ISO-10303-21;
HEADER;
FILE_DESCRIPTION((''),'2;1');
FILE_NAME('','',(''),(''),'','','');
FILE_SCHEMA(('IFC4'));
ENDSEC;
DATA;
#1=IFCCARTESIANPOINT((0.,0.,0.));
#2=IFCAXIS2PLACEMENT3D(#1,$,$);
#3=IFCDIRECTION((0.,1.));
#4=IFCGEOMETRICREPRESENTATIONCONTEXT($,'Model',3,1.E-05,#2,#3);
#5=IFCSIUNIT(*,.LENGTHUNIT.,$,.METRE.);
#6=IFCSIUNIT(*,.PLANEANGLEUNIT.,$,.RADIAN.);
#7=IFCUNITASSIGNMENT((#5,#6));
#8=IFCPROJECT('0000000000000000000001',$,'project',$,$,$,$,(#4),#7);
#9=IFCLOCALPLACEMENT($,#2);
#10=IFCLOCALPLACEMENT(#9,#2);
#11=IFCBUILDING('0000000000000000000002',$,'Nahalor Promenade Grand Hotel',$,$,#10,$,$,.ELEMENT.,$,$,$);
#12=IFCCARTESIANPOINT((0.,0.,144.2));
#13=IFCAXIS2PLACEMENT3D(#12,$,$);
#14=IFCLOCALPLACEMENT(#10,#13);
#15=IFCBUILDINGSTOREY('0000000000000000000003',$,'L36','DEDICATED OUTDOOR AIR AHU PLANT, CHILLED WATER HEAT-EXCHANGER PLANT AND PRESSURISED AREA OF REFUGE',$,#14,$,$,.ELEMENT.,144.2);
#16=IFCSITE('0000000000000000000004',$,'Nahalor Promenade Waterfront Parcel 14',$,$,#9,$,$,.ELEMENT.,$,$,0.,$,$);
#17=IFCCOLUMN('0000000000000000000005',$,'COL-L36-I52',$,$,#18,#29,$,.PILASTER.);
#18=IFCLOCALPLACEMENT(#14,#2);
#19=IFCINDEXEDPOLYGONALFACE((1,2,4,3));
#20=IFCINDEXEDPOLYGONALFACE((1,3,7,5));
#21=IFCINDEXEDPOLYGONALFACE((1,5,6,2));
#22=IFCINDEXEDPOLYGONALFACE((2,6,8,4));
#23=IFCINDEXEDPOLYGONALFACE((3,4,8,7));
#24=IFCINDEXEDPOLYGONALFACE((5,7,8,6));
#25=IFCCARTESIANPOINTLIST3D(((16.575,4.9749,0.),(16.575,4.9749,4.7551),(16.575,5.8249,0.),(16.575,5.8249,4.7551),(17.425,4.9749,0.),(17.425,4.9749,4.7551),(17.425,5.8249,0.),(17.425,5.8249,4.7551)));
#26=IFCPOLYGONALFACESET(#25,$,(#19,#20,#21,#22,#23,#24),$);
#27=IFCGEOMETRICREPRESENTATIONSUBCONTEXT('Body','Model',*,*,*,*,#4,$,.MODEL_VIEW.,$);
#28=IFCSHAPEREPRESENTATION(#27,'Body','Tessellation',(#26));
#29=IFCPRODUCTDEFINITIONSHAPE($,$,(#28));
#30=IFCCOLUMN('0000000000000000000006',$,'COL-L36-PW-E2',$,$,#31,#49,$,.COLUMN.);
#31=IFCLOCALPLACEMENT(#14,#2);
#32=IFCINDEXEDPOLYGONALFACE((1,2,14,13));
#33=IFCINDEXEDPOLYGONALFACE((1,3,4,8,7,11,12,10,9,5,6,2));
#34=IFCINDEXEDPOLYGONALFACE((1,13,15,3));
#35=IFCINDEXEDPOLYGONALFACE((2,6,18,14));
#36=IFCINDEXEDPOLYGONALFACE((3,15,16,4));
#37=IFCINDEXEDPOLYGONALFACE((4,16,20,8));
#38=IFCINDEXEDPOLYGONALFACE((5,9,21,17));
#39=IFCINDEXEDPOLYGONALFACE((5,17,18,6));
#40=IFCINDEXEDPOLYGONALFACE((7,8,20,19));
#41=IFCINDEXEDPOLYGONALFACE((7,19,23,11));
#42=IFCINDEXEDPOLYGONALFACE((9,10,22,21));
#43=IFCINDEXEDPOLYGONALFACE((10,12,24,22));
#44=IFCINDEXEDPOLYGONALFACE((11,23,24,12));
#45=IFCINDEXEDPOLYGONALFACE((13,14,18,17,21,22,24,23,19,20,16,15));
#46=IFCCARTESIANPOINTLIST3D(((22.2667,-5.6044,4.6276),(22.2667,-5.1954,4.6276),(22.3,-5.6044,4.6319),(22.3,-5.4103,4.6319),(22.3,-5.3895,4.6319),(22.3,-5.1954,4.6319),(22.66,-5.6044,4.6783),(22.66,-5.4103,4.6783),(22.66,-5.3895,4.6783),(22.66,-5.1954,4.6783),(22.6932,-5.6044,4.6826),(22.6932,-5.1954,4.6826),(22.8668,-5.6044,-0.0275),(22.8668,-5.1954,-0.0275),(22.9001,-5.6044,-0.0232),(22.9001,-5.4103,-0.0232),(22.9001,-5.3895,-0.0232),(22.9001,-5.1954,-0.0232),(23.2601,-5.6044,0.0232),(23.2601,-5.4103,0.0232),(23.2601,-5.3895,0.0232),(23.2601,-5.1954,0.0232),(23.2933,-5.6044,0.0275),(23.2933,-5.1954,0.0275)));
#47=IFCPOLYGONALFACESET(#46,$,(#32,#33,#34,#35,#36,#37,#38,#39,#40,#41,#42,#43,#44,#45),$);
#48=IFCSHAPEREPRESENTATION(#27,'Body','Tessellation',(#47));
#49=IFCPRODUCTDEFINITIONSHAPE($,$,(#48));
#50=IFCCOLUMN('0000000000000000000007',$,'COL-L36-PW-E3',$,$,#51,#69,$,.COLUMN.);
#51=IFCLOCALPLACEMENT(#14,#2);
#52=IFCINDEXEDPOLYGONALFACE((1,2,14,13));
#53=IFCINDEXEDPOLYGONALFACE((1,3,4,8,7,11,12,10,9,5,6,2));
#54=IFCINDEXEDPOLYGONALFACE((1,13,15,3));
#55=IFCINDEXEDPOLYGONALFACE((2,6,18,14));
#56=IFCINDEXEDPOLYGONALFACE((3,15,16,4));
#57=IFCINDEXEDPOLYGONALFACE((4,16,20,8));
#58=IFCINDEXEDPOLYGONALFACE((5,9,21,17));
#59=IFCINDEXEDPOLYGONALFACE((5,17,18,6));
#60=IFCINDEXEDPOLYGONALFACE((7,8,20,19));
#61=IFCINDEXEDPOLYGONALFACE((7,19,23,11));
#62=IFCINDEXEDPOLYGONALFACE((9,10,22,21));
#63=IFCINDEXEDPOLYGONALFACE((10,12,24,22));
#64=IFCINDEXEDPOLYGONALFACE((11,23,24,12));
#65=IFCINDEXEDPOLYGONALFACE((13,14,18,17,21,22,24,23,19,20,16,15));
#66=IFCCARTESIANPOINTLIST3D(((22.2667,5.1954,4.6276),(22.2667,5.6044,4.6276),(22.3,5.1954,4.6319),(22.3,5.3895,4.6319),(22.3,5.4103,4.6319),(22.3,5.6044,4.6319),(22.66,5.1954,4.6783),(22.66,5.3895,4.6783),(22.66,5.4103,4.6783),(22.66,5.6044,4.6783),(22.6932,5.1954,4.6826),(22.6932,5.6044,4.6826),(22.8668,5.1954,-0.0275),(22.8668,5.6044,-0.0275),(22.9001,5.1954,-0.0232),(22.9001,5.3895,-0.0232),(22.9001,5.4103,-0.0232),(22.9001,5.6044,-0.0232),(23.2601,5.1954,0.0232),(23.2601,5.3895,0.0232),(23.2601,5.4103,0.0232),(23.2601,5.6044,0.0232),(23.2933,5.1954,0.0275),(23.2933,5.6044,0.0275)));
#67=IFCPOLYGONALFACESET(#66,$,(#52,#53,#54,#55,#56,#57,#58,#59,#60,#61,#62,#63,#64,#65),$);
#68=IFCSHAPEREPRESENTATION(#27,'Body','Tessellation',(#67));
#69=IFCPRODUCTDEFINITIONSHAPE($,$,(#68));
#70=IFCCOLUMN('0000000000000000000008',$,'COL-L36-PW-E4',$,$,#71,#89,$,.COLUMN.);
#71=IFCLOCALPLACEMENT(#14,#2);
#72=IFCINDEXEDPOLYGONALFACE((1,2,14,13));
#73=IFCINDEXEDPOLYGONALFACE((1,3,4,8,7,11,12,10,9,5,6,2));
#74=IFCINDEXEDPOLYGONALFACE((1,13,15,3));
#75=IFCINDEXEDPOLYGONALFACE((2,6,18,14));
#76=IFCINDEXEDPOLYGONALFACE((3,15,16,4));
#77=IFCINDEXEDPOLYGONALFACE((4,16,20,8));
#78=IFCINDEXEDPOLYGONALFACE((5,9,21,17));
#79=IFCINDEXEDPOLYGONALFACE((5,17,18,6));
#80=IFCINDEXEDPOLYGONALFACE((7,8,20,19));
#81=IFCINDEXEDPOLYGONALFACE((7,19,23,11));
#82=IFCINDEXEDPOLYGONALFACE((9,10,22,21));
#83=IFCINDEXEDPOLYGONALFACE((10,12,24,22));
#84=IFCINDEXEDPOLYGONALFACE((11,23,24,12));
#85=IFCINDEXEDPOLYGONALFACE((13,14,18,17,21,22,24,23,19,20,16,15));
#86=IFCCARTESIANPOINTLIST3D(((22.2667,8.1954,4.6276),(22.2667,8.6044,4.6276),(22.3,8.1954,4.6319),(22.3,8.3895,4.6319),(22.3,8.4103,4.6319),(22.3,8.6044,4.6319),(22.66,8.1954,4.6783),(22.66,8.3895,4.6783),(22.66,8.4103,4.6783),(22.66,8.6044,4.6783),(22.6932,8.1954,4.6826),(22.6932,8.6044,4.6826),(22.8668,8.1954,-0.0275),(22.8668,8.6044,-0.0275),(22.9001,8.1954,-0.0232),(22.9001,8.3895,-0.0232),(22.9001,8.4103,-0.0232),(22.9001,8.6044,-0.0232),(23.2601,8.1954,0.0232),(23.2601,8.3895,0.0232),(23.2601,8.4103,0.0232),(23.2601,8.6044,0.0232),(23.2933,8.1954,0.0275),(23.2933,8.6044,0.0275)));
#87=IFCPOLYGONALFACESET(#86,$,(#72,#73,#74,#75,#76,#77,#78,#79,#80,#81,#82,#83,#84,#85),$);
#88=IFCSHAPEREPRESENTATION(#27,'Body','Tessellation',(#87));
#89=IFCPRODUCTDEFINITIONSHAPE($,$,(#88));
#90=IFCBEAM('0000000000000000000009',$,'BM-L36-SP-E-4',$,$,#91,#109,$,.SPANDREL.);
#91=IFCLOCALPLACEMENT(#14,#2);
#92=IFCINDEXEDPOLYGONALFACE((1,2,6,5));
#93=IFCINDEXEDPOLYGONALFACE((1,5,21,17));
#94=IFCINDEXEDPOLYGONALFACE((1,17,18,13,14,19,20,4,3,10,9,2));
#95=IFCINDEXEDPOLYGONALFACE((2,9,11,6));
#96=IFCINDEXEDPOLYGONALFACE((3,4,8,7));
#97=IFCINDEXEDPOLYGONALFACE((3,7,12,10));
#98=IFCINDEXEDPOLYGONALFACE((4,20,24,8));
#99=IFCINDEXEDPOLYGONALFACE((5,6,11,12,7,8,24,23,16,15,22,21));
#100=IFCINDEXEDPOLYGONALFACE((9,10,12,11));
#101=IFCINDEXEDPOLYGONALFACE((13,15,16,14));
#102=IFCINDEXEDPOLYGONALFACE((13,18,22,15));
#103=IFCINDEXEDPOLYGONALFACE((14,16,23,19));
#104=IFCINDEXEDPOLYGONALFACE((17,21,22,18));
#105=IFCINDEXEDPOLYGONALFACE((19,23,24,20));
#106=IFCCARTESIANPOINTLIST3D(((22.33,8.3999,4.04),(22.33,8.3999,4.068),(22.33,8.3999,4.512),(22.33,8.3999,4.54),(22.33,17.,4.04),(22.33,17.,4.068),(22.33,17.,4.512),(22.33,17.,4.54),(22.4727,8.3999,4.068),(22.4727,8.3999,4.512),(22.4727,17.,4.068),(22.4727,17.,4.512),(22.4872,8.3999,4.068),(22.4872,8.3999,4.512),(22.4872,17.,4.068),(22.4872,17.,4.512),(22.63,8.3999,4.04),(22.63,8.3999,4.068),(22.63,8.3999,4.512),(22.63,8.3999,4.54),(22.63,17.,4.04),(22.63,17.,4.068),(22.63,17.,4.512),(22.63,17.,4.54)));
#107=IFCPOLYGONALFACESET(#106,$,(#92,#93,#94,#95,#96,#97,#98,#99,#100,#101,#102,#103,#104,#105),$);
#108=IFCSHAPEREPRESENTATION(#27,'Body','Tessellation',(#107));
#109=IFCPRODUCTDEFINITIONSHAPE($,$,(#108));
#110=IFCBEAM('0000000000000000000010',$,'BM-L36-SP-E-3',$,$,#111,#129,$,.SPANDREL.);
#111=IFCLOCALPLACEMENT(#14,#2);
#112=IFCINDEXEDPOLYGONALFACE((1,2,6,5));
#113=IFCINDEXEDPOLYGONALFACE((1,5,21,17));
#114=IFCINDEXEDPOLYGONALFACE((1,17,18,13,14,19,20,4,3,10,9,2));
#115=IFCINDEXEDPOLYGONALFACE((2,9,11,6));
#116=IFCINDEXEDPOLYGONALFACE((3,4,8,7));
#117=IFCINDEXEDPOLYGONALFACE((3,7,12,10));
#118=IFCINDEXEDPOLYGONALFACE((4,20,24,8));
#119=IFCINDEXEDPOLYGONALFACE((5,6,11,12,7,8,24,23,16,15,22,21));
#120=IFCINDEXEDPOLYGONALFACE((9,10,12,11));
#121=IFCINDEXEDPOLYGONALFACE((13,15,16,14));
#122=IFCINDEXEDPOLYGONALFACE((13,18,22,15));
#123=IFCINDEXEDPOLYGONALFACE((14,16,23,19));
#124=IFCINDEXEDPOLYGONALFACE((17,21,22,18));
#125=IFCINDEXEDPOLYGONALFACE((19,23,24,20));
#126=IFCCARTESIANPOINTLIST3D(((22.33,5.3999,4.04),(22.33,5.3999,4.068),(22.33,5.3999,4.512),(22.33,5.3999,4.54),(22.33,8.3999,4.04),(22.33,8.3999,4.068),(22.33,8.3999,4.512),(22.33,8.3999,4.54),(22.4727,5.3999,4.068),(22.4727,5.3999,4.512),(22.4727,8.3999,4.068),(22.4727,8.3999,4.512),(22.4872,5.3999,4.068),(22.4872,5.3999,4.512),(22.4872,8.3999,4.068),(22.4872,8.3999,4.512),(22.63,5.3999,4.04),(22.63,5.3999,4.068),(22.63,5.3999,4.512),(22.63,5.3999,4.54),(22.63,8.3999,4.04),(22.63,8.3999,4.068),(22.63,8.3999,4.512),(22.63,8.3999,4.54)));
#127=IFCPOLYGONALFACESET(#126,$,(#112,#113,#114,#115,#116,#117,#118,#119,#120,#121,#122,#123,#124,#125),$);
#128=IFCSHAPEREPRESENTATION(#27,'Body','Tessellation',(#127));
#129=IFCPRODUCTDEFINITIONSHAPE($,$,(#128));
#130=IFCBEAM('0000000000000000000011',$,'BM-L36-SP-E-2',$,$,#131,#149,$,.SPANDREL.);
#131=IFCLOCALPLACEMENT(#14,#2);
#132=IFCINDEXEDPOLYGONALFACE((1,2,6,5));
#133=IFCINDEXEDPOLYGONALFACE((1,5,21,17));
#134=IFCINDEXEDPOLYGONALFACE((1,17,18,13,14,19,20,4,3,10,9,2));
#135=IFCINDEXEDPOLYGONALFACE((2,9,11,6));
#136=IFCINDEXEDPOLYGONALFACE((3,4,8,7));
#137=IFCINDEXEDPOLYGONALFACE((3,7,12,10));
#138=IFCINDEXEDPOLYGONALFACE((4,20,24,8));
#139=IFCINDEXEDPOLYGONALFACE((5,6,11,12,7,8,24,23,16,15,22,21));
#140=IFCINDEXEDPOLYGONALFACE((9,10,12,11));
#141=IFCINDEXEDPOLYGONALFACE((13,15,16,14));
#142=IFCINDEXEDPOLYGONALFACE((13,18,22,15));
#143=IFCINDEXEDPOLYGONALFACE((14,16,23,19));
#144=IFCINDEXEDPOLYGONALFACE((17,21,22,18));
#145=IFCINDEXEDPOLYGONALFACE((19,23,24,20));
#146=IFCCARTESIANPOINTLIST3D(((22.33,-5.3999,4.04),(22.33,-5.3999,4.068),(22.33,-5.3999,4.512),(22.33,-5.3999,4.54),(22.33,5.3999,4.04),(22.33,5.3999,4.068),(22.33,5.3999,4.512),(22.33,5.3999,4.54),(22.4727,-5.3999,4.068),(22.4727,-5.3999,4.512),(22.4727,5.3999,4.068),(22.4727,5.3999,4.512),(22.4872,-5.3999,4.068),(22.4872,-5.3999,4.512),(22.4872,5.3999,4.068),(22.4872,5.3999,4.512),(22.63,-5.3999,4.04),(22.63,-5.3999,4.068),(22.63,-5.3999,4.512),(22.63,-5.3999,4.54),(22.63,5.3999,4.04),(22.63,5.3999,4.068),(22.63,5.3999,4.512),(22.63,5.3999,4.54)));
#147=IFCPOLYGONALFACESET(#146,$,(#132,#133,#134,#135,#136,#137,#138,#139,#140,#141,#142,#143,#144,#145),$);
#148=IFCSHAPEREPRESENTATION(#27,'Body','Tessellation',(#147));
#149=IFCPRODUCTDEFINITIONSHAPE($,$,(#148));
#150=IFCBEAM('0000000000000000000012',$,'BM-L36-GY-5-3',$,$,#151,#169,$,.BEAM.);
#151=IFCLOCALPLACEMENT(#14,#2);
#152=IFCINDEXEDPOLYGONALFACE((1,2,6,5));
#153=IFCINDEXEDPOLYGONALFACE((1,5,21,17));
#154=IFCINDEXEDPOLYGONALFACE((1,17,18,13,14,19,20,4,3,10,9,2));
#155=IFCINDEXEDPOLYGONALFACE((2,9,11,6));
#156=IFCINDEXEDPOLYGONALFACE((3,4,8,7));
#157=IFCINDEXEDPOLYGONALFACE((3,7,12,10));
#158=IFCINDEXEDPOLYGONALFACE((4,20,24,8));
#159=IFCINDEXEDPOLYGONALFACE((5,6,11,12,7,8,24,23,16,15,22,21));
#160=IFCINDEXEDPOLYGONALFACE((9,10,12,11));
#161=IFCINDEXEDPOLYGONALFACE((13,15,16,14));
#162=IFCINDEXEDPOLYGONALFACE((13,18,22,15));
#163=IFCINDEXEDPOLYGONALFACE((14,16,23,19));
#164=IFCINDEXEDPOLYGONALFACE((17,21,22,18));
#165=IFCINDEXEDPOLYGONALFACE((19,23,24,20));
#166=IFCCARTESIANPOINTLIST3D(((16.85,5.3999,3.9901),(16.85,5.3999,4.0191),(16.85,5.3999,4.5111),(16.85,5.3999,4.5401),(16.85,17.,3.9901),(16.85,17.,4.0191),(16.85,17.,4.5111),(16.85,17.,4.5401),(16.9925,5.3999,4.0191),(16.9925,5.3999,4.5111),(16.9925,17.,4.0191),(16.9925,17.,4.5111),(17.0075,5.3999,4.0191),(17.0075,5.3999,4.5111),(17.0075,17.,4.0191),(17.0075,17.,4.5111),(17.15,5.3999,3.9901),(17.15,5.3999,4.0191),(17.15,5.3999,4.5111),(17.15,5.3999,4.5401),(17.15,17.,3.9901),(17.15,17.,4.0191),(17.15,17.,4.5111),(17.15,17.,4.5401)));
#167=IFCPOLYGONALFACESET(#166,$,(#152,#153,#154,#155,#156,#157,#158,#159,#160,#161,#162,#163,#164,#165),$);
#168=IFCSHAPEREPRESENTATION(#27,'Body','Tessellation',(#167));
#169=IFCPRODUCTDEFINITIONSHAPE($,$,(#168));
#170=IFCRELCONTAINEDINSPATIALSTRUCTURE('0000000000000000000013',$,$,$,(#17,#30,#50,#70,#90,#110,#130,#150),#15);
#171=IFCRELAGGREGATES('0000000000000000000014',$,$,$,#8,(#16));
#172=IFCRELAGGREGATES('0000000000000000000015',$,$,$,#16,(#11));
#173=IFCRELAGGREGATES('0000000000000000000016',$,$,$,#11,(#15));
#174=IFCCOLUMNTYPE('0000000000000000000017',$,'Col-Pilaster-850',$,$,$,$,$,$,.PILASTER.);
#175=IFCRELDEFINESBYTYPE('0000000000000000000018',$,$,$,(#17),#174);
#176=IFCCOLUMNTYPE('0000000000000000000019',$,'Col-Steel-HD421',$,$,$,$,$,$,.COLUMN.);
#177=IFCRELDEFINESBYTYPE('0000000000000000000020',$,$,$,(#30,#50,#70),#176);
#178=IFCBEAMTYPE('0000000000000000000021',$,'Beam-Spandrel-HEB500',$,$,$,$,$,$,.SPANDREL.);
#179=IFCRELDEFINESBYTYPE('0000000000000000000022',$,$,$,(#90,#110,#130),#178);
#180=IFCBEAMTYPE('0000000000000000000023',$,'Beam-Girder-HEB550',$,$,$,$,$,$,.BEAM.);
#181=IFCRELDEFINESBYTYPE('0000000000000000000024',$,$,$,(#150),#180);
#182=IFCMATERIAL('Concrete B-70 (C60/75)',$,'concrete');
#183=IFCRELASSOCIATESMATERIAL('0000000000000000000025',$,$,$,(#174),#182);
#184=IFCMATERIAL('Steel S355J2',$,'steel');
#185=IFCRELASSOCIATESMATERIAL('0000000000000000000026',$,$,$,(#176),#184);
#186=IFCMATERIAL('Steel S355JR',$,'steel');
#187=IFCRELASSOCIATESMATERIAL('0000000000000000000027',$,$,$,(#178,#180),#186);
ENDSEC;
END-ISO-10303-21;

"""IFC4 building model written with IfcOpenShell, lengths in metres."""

from ifc_helpers import new_model, si_unit, direction, frame, origin, origin_2d, place, context, subcontext, project, spatial, rectangle, i_section, extrude, source, transform, mapped, material, material_profile, profile_set, type_object, element, save


model = new_model("IFC4")

# Units and contexts
model_context = context("Model", 3, precision=1e-05, world=origin(), true_north=direction((0.0, 1.0)))
body_context = subcontext(model_context, "Body", "Model", "MODEL_VIEW")
ifc_project = project(units=[si_unit("LENGTHUNIT", "METRE"), si_unit("PLANEANGLEUNIT", "RADIAN")], contexts=[model_context])

# Site, building, storey
site_placement = place(None, origin())
site = spatial("IfcSite", under=ifc_project, at=site_placement, Name="Nahalor Promenade Waterfront Parcel 14", CompositionType="ELEMENT", RefElevation=0.0)
building_placement = place(site_placement, origin())
building = spatial("IfcBuilding", under=site, at=building_placement, Name="Nahalor Promenade Grand Hotel", CompositionType="ELEMENT")
storey_placement = place(building_placement, frame((0.0, 0.0, 144.2)))
storey = spatial("IfcBuildingStorey", under=building, at=storey_placement, Name="L36", Description="DEDICATED OUTDOOR AIR AHU PLANT, CHILLED WATER HEAT-EXCHANGER PLANT AND PRESSURISED AREA OF REFUGE", CompositionType="ELEMENT", Elevation=144.2)

# Columns
ifc_material_1 = material(Name="Concrete B-70 (C60/75)", Category="concrete")
ifc_material_profile_1 = material_profile(ifc_material_1, rectangle(XDim=0.85, YDim=0.85, at=origin_2d()), Name="RC 850x850")
ifc_profile_set_1 = profile_set([ifc_material_profile_1], Name="Concrete B-70 (C60/75)")
column_type_1 = type_object("IfcColumnType", Name="Col-Pilaster-850", PredefinedType="PILASTER", material=ifc_profile_set_1)
shared_shape_1 = source(origin(), body_context, "Body", "SweptSolid", [
    extrude(rectangle(XDim=0.85, YDim=0.85, at=origin_2d()), origin(), (0.0, 0.0, 1.0), 4.7551),
])
column_placement = place(storey_placement, frame((17.0, 5.3999, 0.0), z_axis=(0.0, 0.0, 1.0), x_axis=(1.0, 0.0, 0.0)))
element("IfcColumn", 1, at=column_placement, inside=storey, type_object=column_type_1, Name="COL-L36-I52", PredefinedType="PILASTER", context=body_context, shape_type="MappedRepresentation", body=[
    mapped(shared_shape_1, transform((0.0, 0.0, 0.0), scale=1.0)),
])
ifc_material_2 = material(Name="Steel S355J2", Category="steel")
ifc_material_profile_2 = material_profile(ifc_material_2, i_section(OverallWidth=0.409, OverallDepth=0.43, WebThickness=0.0208, FlangeThickness=0.0335, at=origin_2d()), Name="HD 400x421")
ifc_profile_set_2 = profile_set([ifc_material_profile_2], Name="Steel S355J2")
column_type_2 = type_object("IfcColumnType", Name="Col-Steel-HD421", PredefinedType="COLUMN", material=ifc_profile_set_2)
shared_shape_2 = source(origin(), body_context, "Body", "SweptSolid", [
    extrude(i_section(OverallWidth=0.409, OverallDepth=0.43, WebThickness=0.0208, FlangeThickness=0.0335, at=origin_2d()), origin(), (0.0, 0.0, 1.0), 4.6936),
])
for number, where, z_axis, x_axis, name in (
    (2, (23.0801, -5.3999, 0.0), (-0.127856, 0.0, 0.991793), (0.0, -1.0, 0.0), "COL-L36-PW-E2"),
    (3, (23.0801, 5.3999, 0.0), (-0.127856, 0.0, 0.991793), (0.0, -1.0, 0.0), "COL-L36-PW-E3"),
    (4, (23.0801, 8.3999, 0.0), (-0.127856, 0.0, 0.991793), (0.0, -1.0, 0.0), "COL-L36-PW-E4"),
):
    element("IfcColumn", number, at=place(storey_placement, frame(where, z_axis=z_axis, x_axis=x_axis)), inside=storey, type_object=column_type_2, Name=name, PredefinedType="COLUMN", context=body_context, shape_type="MappedRepresentation", body=[
        mapped(shared_shape_2, transform((0.0, 0.0, 0.0), scale=1.0)),
    ])

# Beams
ifc_material_3 = material(Name="Steel S355JR", Category="steel")
ifc_material_profile_3 = material_profile(ifc_material_3, i_section(OverallWidth=0.3, OverallDepth=0.5, WebThickness=0.0145, FlangeThickness=0.028, at=origin_2d()), Name="HEB 500")
ifc_profile_set_3 = profile_set([ifc_material_profile_3], Name="Steel S355JR")
beam_type_1 = type_object("IfcBeamType", Name="Beam-Spandrel-HEB500", PredefinedType="SPANDREL", material=ifc_profile_set_3)
shared_shape_3 = source(origin(), body_context, "Body", "SweptSolid", [
    extrude(i_section(OverallWidth=0.3, OverallDepth=0.5, WebThickness=0.0145, FlangeThickness=0.028, at=origin_2d()), origin(), (0.0, 0.0, 1.0), 8.6001),
])
beam_1_placement = place(storey_placement, frame((22.48, 8.3999, 4.29), z_axis=(0.0, 1.0, 0.0), x_axis=(-1.0, 0.0, 0.0)))
element("IfcBeam", 5, at=beam_1_placement, inside=storey, type_object=beam_type_1, Name="BM-L36-SP-E-4", PredefinedType="SPANDREL", context=body_context, shape_type="MappedRepresentation", body=[
    mapped(shared_shape_3, transform((0.0, 0.0, 0.0), scale=1.0)),
])
shared_shape_4 = source(origin(), body_context, "Body", "SweptSolid", [
    extrude(i_section(OverallWidth=0.3, OverallDepth=0.5, WebThickness=0.0145, FlangeThickness=0.028, at=origin_2d()), origin(), (0.0, 0.0, 1.0), 3.0),
])
beam_2_placement = place(storey_placement, frame((22.48, 5.3999, 4.29), z_axis=(0.0, 1.0, 0.0), x_axis=(-1.0, 0.0, 0.0)))
element("IfcBeam", 6, at=beam_2_placement, inside=storey, type_object=beam_type_1, Name="BM-L36-SP-E-3", PredefinedType="SPANDREL", context=body_context, shape_type="MappedRepresentation", body=[
    mapped(shared_shape_4, transform((0.0, 0.0, 0.0), scale=1.0)),
])
shared_shape_5 = source(origin(), body_context, "Body", "SweptSolid", [
    extrude(i_section(OverallWidth=0.3, OverallDepth=0.5, WebThickness=0.0145, FlangeThickness=0.028, at=origin_2d()), origin(), (0.0, 0.0, 1.0), 10.7998),
])
beam_3_placement = place(storey_placement, frame((22.48, -5.3999, 4.29), z_axis=(0.0, 1.0, 0.0), x_axis=(-1.0, 0.0, 0.0)))
element("IfcBeam", 7, at=beam_3_placement, inside=storey, type_object=beam_type_1, Name="BM-L36-SP-E-2", PredefinedType="SPANDREL", context=body_context, shape_type="MappedRepresentation", body=[
    mapped(shared_shape_5, transform((0.0, 0.0, 0.0), scale=1.0)),
])
ifc_material_profile_4 = material_profile(ifc_material_3, i_section(OverallWidth=0.3, OverallDepth=0.55, WebThickness=0.015, FlangeThickness=0.029, at=origin_2d()), Name="HEB 550")
ifc_profile_set_4 = profile_set([ifc_material_profile_4], Name="Steel S355JR")
beam_type_2 = type_object("IfcBeamType", Name="Beam-Girder-HEB550", PredefinedType="BEAM", material=ifc_profile_set_4)
shared_shape_6 = source(origin(), body_context, "Body", "SweptSolid", [
    extrude(i_section(OverallWidth=0.3, OverallDepth=0.55, WebThickness=0.015, FlangeThickness=0.029, at=origin_2d()), origin(), (0.0, 0.0, 1.0), 11.6001),
])
beam_4_placement = place(storey_placement, frame((17.0, 5.3999, 4.2651), z_axis=(0.0, 1.0, 0.0), x_axis=(-1.0, 0.0, 0.0)))
element("IfcBeam", 8, at=beam_4_placement, inside=storey, type_object=beam_type_2, Name="BM-L36-GY-5-3", PredefinedType="BEAM", context=body_context, shape_type="MappedRepresentation", body=[
    mapped(shared_shape_6, transform((0.0, 0.0, 0.0), scale=1.0)),
])

save(model, "model.ifc")
